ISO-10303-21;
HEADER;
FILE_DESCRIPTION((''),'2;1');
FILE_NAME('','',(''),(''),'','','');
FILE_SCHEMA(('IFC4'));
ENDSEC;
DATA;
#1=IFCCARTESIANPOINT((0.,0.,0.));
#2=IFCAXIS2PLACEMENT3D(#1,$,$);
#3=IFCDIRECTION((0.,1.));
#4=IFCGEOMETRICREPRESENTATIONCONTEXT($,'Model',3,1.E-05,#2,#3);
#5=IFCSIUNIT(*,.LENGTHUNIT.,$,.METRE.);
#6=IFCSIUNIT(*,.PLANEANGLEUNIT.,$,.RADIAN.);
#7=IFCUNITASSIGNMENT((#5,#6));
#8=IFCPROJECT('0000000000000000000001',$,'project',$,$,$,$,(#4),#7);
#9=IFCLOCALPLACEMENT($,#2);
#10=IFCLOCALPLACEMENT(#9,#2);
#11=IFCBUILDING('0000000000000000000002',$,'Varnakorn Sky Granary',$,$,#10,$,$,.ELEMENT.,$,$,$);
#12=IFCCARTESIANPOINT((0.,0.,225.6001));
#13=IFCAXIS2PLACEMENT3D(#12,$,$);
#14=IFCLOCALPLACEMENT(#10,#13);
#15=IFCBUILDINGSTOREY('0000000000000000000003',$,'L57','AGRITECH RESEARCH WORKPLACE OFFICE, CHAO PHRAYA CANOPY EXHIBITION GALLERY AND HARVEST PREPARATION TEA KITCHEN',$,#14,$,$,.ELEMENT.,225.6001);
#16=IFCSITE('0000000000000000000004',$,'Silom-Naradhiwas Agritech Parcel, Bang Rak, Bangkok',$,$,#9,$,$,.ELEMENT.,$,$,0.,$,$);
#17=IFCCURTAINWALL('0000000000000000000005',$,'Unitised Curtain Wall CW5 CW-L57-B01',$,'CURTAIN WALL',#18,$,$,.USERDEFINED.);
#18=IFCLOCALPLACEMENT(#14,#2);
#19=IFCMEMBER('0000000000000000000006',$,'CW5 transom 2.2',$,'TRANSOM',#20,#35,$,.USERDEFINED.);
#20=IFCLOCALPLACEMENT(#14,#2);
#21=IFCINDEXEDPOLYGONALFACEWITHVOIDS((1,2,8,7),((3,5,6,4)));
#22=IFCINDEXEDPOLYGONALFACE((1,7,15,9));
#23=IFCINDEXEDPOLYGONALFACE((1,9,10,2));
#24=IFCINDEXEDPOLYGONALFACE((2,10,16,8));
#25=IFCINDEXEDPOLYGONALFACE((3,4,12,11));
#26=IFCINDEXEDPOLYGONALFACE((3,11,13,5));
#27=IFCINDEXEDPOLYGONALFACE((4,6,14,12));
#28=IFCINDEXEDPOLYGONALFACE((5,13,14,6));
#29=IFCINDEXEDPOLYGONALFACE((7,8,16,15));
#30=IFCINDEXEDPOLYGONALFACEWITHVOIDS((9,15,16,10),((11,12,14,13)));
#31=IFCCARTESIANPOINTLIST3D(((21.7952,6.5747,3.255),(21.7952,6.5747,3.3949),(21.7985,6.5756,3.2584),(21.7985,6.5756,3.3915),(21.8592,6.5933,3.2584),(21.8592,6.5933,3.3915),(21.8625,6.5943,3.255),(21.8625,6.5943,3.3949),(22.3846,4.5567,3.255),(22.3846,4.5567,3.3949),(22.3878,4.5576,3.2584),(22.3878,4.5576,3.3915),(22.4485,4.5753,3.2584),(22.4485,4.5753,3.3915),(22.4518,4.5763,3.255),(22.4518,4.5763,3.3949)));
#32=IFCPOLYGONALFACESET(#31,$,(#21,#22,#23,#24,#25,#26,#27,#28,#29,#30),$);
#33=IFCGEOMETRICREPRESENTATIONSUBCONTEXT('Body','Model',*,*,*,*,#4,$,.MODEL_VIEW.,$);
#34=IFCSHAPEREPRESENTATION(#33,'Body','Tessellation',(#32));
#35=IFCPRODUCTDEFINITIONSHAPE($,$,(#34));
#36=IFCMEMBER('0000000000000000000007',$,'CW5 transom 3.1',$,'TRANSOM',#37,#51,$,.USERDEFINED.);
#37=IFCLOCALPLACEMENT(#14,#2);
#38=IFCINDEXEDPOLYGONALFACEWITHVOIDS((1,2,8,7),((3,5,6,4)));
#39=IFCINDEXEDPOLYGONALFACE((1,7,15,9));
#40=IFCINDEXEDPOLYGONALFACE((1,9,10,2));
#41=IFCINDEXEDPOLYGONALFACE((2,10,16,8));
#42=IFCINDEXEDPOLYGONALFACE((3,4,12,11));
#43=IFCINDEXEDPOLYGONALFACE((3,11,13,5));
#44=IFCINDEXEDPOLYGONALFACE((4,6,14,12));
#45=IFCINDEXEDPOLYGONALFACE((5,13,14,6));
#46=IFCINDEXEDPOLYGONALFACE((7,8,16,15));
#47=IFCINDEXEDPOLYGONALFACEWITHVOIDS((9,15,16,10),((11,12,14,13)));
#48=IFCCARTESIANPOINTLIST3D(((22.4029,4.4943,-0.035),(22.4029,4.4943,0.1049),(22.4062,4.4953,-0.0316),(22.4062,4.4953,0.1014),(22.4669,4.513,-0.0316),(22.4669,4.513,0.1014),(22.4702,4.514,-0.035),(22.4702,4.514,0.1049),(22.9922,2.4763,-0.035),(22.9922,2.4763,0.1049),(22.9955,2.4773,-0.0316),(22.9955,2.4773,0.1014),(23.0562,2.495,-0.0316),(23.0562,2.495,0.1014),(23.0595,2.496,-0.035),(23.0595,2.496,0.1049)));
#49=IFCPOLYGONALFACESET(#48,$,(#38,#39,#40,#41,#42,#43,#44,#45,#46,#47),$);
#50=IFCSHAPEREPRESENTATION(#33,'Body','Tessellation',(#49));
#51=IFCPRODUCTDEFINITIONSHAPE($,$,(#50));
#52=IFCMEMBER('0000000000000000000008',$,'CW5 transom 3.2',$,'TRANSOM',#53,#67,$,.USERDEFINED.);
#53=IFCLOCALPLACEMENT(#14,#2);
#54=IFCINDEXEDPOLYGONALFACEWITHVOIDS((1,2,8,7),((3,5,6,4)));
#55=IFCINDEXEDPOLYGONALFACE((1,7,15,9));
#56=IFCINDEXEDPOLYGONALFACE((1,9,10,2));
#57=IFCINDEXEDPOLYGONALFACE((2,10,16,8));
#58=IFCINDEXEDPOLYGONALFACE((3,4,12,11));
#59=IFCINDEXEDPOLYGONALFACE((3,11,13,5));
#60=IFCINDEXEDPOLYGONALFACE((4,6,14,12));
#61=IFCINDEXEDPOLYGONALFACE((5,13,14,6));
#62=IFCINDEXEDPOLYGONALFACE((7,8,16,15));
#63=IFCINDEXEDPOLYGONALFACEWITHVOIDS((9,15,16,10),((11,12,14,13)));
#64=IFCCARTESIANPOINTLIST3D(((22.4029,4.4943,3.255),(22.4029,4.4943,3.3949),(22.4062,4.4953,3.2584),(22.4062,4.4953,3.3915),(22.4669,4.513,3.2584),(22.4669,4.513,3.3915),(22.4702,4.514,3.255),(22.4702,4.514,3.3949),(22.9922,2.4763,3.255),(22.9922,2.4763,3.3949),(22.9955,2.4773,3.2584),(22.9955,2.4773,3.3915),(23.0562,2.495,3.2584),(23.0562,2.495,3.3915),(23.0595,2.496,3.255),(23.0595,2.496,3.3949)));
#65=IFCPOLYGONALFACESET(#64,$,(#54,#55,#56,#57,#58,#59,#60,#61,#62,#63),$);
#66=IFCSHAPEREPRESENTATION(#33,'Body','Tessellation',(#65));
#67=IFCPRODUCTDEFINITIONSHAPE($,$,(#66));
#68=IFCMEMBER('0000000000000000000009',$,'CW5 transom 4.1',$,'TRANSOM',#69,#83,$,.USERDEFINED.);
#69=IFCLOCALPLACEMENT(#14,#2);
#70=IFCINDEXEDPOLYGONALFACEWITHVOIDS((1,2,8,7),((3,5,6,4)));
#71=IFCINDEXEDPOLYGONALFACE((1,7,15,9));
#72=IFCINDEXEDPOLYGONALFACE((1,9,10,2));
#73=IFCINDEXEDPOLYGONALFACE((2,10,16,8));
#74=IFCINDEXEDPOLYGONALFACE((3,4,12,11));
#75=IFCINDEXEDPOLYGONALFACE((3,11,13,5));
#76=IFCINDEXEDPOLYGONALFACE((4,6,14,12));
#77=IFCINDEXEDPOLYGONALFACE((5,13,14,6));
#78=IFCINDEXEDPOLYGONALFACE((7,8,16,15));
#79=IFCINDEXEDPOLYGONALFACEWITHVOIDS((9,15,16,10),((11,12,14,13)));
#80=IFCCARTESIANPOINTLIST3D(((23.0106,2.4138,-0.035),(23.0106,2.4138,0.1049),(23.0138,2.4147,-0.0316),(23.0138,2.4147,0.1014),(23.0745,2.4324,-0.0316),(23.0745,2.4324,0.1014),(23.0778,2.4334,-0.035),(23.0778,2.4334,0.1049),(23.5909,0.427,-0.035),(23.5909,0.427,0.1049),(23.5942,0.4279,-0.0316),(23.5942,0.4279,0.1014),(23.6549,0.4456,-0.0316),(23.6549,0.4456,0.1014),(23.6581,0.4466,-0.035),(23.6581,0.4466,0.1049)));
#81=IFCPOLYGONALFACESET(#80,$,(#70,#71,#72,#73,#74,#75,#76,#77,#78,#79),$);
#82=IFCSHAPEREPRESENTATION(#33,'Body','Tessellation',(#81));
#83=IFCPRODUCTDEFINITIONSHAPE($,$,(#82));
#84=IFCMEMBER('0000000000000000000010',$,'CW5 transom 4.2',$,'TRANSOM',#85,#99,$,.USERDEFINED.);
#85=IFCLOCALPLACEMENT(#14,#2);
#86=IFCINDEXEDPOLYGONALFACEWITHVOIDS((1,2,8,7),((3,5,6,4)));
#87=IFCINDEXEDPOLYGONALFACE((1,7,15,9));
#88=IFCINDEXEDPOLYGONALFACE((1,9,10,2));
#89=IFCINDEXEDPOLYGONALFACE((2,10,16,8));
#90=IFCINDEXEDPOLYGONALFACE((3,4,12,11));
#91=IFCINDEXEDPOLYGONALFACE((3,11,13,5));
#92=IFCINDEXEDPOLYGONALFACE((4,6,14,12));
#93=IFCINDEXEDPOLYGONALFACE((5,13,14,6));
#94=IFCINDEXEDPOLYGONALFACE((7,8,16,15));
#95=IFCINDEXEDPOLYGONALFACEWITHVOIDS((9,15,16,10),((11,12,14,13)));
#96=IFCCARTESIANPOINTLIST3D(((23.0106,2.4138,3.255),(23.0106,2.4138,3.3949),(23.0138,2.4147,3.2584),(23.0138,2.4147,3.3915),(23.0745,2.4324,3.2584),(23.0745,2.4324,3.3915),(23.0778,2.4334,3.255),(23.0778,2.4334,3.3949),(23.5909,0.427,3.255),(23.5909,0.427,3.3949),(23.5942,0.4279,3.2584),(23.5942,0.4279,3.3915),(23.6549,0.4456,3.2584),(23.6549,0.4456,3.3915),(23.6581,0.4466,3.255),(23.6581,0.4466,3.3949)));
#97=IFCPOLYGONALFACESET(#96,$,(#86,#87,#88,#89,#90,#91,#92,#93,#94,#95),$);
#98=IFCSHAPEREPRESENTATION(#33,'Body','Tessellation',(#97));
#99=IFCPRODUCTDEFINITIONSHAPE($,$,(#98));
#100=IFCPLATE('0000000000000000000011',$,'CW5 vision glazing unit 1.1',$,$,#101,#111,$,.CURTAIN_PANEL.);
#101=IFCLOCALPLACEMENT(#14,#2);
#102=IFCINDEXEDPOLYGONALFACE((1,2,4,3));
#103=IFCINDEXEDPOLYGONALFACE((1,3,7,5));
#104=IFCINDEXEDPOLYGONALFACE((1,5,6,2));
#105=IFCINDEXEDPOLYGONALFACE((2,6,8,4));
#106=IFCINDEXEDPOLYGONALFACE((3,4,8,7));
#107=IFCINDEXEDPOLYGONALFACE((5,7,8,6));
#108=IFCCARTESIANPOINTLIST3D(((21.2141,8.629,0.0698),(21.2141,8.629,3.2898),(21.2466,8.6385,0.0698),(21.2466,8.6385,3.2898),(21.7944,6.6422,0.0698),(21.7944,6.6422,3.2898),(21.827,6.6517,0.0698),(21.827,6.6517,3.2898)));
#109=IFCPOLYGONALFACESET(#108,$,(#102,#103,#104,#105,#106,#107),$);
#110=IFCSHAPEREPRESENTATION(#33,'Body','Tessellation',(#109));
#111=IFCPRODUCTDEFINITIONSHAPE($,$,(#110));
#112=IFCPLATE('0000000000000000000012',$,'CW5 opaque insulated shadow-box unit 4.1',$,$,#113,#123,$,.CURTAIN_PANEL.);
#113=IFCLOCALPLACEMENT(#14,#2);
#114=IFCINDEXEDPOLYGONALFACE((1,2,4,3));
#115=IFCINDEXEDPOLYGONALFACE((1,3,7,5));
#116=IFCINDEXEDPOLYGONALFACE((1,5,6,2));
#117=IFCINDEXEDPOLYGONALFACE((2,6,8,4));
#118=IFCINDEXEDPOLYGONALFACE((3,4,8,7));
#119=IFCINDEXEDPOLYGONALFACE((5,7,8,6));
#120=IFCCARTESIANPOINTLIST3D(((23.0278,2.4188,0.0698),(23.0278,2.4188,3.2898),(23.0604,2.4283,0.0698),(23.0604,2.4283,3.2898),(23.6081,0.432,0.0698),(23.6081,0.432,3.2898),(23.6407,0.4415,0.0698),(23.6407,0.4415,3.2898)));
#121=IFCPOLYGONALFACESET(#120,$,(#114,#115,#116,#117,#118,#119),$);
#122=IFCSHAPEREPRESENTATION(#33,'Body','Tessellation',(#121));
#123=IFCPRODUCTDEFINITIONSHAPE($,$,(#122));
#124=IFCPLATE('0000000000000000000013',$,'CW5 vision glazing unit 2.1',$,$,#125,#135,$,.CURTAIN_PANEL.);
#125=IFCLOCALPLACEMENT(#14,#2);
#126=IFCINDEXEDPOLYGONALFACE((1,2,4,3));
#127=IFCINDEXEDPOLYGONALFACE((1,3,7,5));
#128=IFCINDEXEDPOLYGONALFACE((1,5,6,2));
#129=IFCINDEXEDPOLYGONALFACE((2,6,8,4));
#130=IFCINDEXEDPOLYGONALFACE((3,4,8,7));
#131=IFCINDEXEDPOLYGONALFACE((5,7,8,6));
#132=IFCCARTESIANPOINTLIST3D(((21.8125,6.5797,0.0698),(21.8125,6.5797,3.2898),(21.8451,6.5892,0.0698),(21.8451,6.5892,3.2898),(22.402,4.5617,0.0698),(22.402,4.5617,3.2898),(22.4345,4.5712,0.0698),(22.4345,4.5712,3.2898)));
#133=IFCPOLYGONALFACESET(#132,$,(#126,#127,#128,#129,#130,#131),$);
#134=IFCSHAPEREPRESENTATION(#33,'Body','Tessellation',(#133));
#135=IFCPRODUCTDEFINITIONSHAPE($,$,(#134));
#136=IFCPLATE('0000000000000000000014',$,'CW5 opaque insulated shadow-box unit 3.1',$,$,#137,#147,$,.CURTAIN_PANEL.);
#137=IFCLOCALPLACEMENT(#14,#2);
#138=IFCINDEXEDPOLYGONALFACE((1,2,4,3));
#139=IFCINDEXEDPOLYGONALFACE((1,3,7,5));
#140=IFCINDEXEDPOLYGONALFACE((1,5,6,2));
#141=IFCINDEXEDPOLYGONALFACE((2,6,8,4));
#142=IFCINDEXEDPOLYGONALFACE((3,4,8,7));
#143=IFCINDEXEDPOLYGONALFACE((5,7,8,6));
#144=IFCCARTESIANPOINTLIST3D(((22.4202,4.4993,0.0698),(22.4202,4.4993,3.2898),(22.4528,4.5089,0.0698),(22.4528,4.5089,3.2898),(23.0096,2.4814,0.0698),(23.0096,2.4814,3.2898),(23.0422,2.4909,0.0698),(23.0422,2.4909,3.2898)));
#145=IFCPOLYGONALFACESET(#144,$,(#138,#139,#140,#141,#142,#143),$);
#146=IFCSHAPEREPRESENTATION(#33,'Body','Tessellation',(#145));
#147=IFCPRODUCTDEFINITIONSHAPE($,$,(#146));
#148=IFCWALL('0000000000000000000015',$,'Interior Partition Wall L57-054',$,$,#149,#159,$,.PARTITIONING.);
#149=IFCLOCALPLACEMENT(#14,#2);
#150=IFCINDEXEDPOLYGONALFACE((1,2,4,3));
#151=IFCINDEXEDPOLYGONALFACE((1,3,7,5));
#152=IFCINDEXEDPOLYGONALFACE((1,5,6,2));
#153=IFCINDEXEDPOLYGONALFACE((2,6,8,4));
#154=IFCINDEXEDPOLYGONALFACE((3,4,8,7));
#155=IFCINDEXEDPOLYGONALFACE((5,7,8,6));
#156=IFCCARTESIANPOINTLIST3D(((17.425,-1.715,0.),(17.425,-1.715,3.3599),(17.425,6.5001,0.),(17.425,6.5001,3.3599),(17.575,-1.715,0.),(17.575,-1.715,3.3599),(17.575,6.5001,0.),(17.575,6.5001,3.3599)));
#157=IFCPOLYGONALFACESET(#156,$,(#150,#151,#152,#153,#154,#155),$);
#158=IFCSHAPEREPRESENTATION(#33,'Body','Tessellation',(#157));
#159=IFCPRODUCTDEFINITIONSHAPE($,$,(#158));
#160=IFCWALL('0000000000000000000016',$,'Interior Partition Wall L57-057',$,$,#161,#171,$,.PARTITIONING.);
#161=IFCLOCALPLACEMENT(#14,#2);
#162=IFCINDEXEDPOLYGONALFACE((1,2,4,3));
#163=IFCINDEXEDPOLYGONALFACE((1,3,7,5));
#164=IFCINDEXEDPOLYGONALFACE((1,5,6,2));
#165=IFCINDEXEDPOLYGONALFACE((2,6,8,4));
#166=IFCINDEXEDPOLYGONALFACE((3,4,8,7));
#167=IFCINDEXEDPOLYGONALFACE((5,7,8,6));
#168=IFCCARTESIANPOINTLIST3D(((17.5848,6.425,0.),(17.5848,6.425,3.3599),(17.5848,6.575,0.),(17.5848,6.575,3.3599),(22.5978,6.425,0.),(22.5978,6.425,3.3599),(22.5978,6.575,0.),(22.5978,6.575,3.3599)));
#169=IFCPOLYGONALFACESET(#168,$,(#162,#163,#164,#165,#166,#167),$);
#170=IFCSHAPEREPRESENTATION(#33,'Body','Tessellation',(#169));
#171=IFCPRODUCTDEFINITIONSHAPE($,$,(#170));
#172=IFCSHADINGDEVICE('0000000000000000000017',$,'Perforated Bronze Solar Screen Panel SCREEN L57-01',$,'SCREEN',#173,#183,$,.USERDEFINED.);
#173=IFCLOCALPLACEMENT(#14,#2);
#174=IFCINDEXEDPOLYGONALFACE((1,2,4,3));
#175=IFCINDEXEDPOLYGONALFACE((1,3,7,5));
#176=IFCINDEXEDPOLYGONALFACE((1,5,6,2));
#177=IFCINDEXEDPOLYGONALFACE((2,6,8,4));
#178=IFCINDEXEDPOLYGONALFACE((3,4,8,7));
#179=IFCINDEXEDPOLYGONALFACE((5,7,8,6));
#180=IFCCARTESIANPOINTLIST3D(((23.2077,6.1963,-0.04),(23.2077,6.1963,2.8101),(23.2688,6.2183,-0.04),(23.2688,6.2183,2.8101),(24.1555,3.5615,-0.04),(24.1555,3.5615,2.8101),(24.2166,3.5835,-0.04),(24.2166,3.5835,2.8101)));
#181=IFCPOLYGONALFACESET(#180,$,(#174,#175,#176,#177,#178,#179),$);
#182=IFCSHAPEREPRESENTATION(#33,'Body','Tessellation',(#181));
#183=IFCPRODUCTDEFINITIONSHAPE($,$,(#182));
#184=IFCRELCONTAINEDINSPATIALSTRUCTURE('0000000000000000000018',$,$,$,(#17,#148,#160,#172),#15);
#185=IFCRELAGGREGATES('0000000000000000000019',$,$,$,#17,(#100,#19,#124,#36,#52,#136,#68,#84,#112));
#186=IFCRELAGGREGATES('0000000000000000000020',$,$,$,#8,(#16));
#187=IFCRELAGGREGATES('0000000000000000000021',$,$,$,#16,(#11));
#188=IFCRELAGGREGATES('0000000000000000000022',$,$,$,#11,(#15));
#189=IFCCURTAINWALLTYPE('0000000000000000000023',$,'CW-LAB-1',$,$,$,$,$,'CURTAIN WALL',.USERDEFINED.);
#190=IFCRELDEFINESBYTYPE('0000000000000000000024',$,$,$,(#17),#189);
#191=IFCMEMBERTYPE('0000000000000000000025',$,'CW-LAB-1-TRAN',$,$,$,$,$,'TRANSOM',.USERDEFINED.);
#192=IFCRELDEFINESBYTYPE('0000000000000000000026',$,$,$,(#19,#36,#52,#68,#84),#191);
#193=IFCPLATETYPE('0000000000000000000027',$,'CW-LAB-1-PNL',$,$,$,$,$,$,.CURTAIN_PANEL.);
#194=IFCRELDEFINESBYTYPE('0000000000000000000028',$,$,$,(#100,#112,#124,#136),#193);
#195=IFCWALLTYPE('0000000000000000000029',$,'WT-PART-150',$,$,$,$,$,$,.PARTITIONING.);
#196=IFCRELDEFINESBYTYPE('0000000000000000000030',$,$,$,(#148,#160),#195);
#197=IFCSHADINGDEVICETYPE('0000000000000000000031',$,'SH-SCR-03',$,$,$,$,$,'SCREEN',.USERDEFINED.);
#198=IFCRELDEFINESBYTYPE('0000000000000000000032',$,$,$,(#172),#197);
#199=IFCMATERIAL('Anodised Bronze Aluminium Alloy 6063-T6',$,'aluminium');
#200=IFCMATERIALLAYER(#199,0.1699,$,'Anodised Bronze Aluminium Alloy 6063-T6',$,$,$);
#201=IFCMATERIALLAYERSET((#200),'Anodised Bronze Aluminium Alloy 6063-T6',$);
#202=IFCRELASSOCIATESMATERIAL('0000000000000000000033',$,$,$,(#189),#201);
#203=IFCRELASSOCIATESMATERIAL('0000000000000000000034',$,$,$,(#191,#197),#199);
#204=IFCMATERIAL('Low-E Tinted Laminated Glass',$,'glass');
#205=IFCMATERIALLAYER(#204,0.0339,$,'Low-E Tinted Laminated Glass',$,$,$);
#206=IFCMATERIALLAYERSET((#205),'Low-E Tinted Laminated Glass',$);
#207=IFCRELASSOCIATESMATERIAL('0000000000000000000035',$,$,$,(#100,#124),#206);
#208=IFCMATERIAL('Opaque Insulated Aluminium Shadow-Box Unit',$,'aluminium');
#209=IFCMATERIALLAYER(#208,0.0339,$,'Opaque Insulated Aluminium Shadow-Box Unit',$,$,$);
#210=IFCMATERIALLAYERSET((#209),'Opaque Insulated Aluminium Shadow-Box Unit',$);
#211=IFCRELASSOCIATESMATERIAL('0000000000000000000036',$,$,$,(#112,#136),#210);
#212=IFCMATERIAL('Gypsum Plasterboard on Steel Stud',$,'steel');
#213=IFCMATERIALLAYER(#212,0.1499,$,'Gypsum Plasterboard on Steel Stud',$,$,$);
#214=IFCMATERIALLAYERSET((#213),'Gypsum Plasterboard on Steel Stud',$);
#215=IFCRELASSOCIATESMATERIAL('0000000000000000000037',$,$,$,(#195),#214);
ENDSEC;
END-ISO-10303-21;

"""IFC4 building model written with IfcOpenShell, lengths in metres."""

from ifc_helpers import new_model, si_unit, direction, frame, frame_2d, origin, origin_2d, place, context, subcontext, project, spatial, rectangle, hollow_rectangle, extrude, source, transform, mapped, material, layer, layer_set, material_profile, profile_set, type_object, type_shapes, element, aggregate, save


model = new_model("IFC4")

# Units and contexts
model_context = context("Model", 3, precision=1e-05, world=origin(), true_north=direction((0.0, 1.0)))
body_context = subcontext(model_context, "Body", "Model", "MODEL_VIEW")
ifc_project = project(units=[si_unit("LENGTHUNIT", "METRE"), si_unit("PLANEANGLEUNIT", "RADIAN")], contexts=[model_context])

# Site, building, storey
site_placement = place(None, origin())
site = spatial("IfcSite", under=ifc_project, at=site_placement, Name="Silom-Naradhiwas Agritech Parcel, Bang Rak, Bangkok", CompositionType="ELEMENT", RefElevation=0.0)
building_placement = place(site_placement, origin())
building = spatial("IfcBuilding", under=site, at=building_placement, Name="Varnakorn Sky Granary", CompositionType="ELEMENT")
storey_placement = place(building_placement, frame((0.0, 0.0, 225.6001)))
storey = spatial("IfcBuildingStorey", under=building, at=storey_placement, Name="L57", Description="AGRITECH RESEARCH WORKPLACE OFFICE, CHAO PHRAYA CANOPY EXHIBITION GALLERY AND HARVEST PREPARATION TEA KITCHEN", CompositionType="ELEMENT", Elevation=225.6001)

# Curtain wall, members, plates
ifc_material_1 = material(Name="Anodised Bronze Aluminium Alloy 6063-T6", Category="aluminium")
ifc_layer_1 = layer(ifc_material_1, 0.1699, Name="Anodised Bronze Aluminium Alloy 6063-T6")
ifc_layer_set_1 = layer_set([ifc_layer_1], Name="Anodised Bronze Aluminium Alloy 6063-T6")
curtain_wall_type = type_object("IfcCurtainWallType", Name="CW-LAB-1", ElementType="CURTAIN WALL", PredefinedType="USERDEFINED", material=ifc_layer_set_1)
curtain_wall_placement = place(storey_placement, origin())
curtain_wall = element("IfcCurtainWall", 1, at=curtain_wall_placement, inside=storey, type_object=curtain_wall_type, Name="Unitised Curtain Wall CW5 CW-L57-B01", ObjectType="CURTAIN WALL", PredefinedType="USERDEFINED")
ifc_material_profile_1 = material_profile(ifc_material_1, hollow_rectangle(XDim=0.0701, YDim=0.1399, WallThickness=0.0034, at=origin_2d()), Name="ALU TRAN 70x140")
ifc_profile_set_1 = profile_set([ifc_material_profile_1], Name="Anodised Bronze Aluminium Alloy 6063-T6")
member_type_1 = type_object("IfcMemberType", Name="CW-LAB-1-TRAN", ElementType="TRANSOM", PredefinedType="USERDEFINED", material=ifc_profile_set_1)
member_1_placement = place(storey_placement, frame((21.8289, 6.5845, 3.325), z_axis=(0.28033, -0.959904, 0.0), x_axis=(0.959904, 0.28033, 0.0)))
member_1 = element("IfcMember", 2, at=member_1_placement, type_object=member_type_1, Name="CW5 transom 2.2", ObjectType="TRANSOM", PredefinedType="USERDEFINED", context=body_context, shape_type="SweptSolid", body=[
    extrude(hollow_rectangle(XDim=0.0701, YDim=0.1399, WallThickness=0.0034, at=origin_2d()), origin(), (0.0, 0.0, 1.0), 2.1023),
])
member_2_placement = place(storey_placement, frame((22.4365, 4.5042, 0.0349), z_axis=(0.28033, -0.959904, 0.0), x_axis=(0.959904, 0.28033, 0.0)))
member_2 = element("IfcMember", 3, at=member_2_placement, type_object=member_type_1, Name="CW5 transom 3.1", ObjectType="TRANSOM", PredefinedType="USERDEFINED", context=body_context, shape_type="SweptSolid", body=[
    extrude(hollow_rectangle(XDim=0.0701, YDim=0.1399, WallThickness=0.0034, at=origin_2d()), origin(), (0.0, 0.0, 1.0), 2.1023),
])
member_3_placement = place(storey_placement, frame((22.4365, 4.5042, 3.325), z_axis=(0.28033, -0.959904, 0.0), x_axis=(0.959904, 0.28033, 0.0)))
member_3 = element("IfcMember", 4, at=member_3_placement, type_object=member_type_1, Name="CW5 transom 3.2", ObjectType="TRANSOM", PredefinedType="USERDEFINED", context=body_context, shape_type="SweptSolid", body=[
    extrude(hollow_rectangle(XDim=0.0701, YDim=0.1399, WallThickness=0.0034, at=origin_2d()), origin(), (0.0, 0.0, 1.0), 2.1023),
])
member_4_placement = place(storey_placement, frame((23.0442, 2.4236, 0.0349), z_axis=(0.280371, -0.959892, 0.0), x_axis=(0.959892, 0.280371, 0.0)))
member_4 = element("IfcMember", 5, at=member_4_placement, type_object=member_type_1, Name="CW5 transom 4.1", ObjectType="TRANSOM", PredefinedType="USERDEFINED", context=body_context, shape_type="SweptSolid", body=[
    extrude(hollow_rectangle(XDim=0.0701, YDim=0.1399, WallThickness=0.0034, at=origin_2d()), origin(), (0.0, 0.0, 1.0), 2.0698),
])
member_5_placement = place(storey_placement, frame((23.0442, 2.4236, 3.325), z_axis=(0.280371, -0.959892, 0.0), x_axis=(0.959892, 0.280371, 0.0)))
member_5 = element("IfcMember", 6, at=member_5_placement, type_object=member_type_1, Name="CW5 transom 4.2", ObjectType="TRANSOM", PredefinedType="USERDEFINED", context=body_context, shape_type="SweptSolid", body=[
    extrude(hollow_rectangle(XDim=0.0701, YDim=0.1399, WallThickness=0.0034, at=origin_2d()), origin(), (0.0, 0.0, 1.0), 2.0698),
])
ifc_material_2 = material(Name="Low-E Tinted Laminated Glass", Category="glass")
ifc_layer_2 = layer(ifc_material_2, 0.0339, Name="Low-E Tinted Laminated Glass")
ifc_layer_set_2 = layer_set([ifc_layer_2], Name="Low-E Tinted Laminated Glass")
plate_type = type_object("IfcPlateType", Name="CW-LAB-1-PNL", PredefinedType="CURTAIN_PANEL")
shared_shape_1 = source(origin(), body_context, "Body", "SweptSolid", [
    extrude(rectangle(XDim=2.0698, YDim=0.0339, at=origin_2d()), origin(), (0.0, 0.0, 1.0), 3.22),
])
plate_1_placement = place(storey_placement, frame((21.5205, 7.6404, 0.0698), z_axis=(0.0, 0.0, 1.0), x_axis=(0.280376, -0.95989, 0.0)))
plate_1 = element("IfcPlate", 7, at=plate_1_placement, type_object=plate_type, material=ifc_layer_set_2, Name="CW5 vision glazing unit 1.1", PredefinedType="CURTAIN_PANEL", context=body_context, shape_type="MappedRepresentation", body=[
    mapped(shared_shape_1, transform((0.0, 0.0, 0.0), x_axis=(1.0, 0.0, 0.0), y_axis=(0.0, 1.0, 0.0), z_axis=(0.0, 0.0, 1.0), scale=1.0)),
])
ifc_material_3 = material(Name="Opaque Insulated Aluminium Shadow-Box Unit", Category="aluminium")
ifc_layer_3 = layer(ifc_material_3, 0.0339, Name="Opaque Insulated Aluminium Shadow-Box Unit")
ifc_layer_set_3 = layer_set([ifc_layer_3], Name="Opaque Insulated Aluminium Shadow-Box Unit")
plate_2_placement = place(storey_placement, frame((23.3342, 1.4302, 0.0698), z_axis=(0.0, 0.0, 1.0), x_axis=(0.280376, -0.95989, 0.0)))
plate_2 = element("IfcPlate", 8, at=plate_2_placement, type_object=plate_type, material=ifc_layer_set_3, Name="CW5 opaque insulated shadow-box unit 4.1", PredefinedType="CURTAIN_PANEL", context=body_context, shape_type="MappedRepresentation", body=[
    mapped(shared_shape_1, transform((0.0, 0.0, 0.0), x_axis=(1.0, 0.0, 0.0), y_axis=(0.0, 1.0, 0.0), z_axis=(0.0, 0.0, 1.0), scale=1.0)),
])
shared_shape_2 = source(origin(), body_context, "Body", "SweptSolid", [
    extrude(rectangle(XDim=2.1023, YDim=0.0339, at=origin_2d()), origin(), (0.0, 0.0, 1.0), 3.22),
])
type_shapes(plate_type, [shared_shape_1, shared_shape_2])
plate_3_placement = place(storey_placement, frame((22.1235, 5.5754, 0.0698), z_axis=(0.0, 0.0, 1.0), x_axis=(0.280376, -0.95989, 0.0)))
plate_3 = element("IfcPlate", 9, at=plate_3_placement, type_object=plate_type, material=ifc_layer_set_2, Name="CW5 vision glazing unit 2.1", PredefinedType="CURTAIN_PANEL", context=body_context, shape_type="MappedRepresentation", body=[
    mapped(shared_shape_2, transform((0.0, 0.0, 0.0), x_axis=(1.0, 0.0, 0.0), y_axis=(0.0, 1.0, 0.0), z_axis=(0.0, 0.0, 1.0), scale=1.0)),
])
plate_4_placement = place(storey_placement, frame((22.7312, 3.4951, 0.0698), z_axis=(0.0, 0.0, 1.0), x_axis=(0.280376, -0.95989, 0.0)))
plate_4 = element("IfcPlate", 10, at=plate_4_placement, type_object=plate_type, material=ifc_layer_set_3, Name="CW5 opaque insulated shadow-box unit 3.1", PredefinedType="CURTAIN_PANEL", context=body_context, shape_type="MappedRepresentation", body=[
    mapped(shared_shape_2, transform((0.0, 0.0, 0.0), x_axis=(1.0, 0.0, 0.0), y_axis=(0.0, 1.0, 0.0), z_axis=(0.0, 0.0, 1.0), scale=1.0)),
])
aggregate(curtain_wall, [plate_1, member_1, plate_3, member_2, member_3, plate_4, member_4, member_5, plate_2])

# Walls
ifc_material_4 = material(Name="Gypsum Plasterboard on Steel Stud", Category="steel")
ifc_layer_4 = layer(ifc_material_4, 0.1499, Name="Gypsum Plasterboard on Steel Stud")
ifc_layer_set_4 = layer_set([ifc_layer_4], Name="Gypsum Plasterboard on Steel Stud")
wall_type = type_object("IfcWallType", Name="WT-PART-150", PredefinedType="PARTITIONING", material=ifc_layer_set_4)
wall_1_placement = place(storey_placement, frame((17.5, 6.5, 0.0), z_axis=(0.0, 0.0, 1.0), x_axis=(0.0, -1.0, 0.0)))
element("IfcWall", 11, at=wall_1_placement, inside=storey, type_object=wall_type, Name="Interior Partition Wall L57-054", PredefinedType="PARTITIONING", context=body_context, shape_type="SweptSolid", body=[
    extrude(rectangle(XDim=8.2151, YDim=0.1499, at=frame_2d((4.1074, 0.0))), origin(), (0.0, 0.0, 1.0), 3.3599),
])
wall_2_placement = place(storey_placement, frame((17.585, 6.5, 0.0), z_axis=(0.0, 0.0, 1.0), x_axis=(1.0, 0.0, 0.0)))
element("IfcWall", 12, at=wall_2_placement, inside=storey, type_object=wall_type, Name="Interior Partition Wall L57-057", PredefinedType="PARTITIONING", context=body_context, shape_type="SweptSolid", body=[
    extrude(rectangle(XDim=5.0129, YDim=0.1499, at=frame_2d((2.5063, 0.0))), origin(), (0.0, 0.0, 1.0), 3.3599),
])

# Shading device
shading_device_type = type_object("IfcShadingDeviceType", Name="SH-SCR-03", ElementType="SCREEN", PredefinedType="USERDEFINED", material=ifc_material_1)
shared_shape_3 = source(origin(), body_context, "Body", "SweptSolid", [
    extrude(rectangle(XDim=2.8, YDim=0.0649, at=origin_2d()), origin(), (0.0, 0.0, 1.0), 2.8501),
])
type_shapes(shading_device_type, [shared_shape_3])
shading_device_placement = place(storey_placement, frame((23.7122, 4.8899, -0.04), z_axis=(0.0, 0.0, 1.0), x_axis=(-0.338476, 0.940975, 0.0)))
element("IfcShadingDevice", 13, at=shading_device_placement, inside=storey, type_object=shading_device_type, Name="Perforated Bronze Solar Screen Panel SCREEN L57-01", ObjectType="SCREEN", PredefinedType="USERDEFINED", context=body_context, shape_type="MappedRepresentation", body=[
    mapped(shared_shape_3, transform((0.0, 0.0, 0.0), x_axis=(1.0, 0.0, 0.0), y_axis=(0.0, 1.0, 0.0), z_axis=(0.0, 0.0, 1.0), scale=1.0)),
])

save(model, "model.ifc")
